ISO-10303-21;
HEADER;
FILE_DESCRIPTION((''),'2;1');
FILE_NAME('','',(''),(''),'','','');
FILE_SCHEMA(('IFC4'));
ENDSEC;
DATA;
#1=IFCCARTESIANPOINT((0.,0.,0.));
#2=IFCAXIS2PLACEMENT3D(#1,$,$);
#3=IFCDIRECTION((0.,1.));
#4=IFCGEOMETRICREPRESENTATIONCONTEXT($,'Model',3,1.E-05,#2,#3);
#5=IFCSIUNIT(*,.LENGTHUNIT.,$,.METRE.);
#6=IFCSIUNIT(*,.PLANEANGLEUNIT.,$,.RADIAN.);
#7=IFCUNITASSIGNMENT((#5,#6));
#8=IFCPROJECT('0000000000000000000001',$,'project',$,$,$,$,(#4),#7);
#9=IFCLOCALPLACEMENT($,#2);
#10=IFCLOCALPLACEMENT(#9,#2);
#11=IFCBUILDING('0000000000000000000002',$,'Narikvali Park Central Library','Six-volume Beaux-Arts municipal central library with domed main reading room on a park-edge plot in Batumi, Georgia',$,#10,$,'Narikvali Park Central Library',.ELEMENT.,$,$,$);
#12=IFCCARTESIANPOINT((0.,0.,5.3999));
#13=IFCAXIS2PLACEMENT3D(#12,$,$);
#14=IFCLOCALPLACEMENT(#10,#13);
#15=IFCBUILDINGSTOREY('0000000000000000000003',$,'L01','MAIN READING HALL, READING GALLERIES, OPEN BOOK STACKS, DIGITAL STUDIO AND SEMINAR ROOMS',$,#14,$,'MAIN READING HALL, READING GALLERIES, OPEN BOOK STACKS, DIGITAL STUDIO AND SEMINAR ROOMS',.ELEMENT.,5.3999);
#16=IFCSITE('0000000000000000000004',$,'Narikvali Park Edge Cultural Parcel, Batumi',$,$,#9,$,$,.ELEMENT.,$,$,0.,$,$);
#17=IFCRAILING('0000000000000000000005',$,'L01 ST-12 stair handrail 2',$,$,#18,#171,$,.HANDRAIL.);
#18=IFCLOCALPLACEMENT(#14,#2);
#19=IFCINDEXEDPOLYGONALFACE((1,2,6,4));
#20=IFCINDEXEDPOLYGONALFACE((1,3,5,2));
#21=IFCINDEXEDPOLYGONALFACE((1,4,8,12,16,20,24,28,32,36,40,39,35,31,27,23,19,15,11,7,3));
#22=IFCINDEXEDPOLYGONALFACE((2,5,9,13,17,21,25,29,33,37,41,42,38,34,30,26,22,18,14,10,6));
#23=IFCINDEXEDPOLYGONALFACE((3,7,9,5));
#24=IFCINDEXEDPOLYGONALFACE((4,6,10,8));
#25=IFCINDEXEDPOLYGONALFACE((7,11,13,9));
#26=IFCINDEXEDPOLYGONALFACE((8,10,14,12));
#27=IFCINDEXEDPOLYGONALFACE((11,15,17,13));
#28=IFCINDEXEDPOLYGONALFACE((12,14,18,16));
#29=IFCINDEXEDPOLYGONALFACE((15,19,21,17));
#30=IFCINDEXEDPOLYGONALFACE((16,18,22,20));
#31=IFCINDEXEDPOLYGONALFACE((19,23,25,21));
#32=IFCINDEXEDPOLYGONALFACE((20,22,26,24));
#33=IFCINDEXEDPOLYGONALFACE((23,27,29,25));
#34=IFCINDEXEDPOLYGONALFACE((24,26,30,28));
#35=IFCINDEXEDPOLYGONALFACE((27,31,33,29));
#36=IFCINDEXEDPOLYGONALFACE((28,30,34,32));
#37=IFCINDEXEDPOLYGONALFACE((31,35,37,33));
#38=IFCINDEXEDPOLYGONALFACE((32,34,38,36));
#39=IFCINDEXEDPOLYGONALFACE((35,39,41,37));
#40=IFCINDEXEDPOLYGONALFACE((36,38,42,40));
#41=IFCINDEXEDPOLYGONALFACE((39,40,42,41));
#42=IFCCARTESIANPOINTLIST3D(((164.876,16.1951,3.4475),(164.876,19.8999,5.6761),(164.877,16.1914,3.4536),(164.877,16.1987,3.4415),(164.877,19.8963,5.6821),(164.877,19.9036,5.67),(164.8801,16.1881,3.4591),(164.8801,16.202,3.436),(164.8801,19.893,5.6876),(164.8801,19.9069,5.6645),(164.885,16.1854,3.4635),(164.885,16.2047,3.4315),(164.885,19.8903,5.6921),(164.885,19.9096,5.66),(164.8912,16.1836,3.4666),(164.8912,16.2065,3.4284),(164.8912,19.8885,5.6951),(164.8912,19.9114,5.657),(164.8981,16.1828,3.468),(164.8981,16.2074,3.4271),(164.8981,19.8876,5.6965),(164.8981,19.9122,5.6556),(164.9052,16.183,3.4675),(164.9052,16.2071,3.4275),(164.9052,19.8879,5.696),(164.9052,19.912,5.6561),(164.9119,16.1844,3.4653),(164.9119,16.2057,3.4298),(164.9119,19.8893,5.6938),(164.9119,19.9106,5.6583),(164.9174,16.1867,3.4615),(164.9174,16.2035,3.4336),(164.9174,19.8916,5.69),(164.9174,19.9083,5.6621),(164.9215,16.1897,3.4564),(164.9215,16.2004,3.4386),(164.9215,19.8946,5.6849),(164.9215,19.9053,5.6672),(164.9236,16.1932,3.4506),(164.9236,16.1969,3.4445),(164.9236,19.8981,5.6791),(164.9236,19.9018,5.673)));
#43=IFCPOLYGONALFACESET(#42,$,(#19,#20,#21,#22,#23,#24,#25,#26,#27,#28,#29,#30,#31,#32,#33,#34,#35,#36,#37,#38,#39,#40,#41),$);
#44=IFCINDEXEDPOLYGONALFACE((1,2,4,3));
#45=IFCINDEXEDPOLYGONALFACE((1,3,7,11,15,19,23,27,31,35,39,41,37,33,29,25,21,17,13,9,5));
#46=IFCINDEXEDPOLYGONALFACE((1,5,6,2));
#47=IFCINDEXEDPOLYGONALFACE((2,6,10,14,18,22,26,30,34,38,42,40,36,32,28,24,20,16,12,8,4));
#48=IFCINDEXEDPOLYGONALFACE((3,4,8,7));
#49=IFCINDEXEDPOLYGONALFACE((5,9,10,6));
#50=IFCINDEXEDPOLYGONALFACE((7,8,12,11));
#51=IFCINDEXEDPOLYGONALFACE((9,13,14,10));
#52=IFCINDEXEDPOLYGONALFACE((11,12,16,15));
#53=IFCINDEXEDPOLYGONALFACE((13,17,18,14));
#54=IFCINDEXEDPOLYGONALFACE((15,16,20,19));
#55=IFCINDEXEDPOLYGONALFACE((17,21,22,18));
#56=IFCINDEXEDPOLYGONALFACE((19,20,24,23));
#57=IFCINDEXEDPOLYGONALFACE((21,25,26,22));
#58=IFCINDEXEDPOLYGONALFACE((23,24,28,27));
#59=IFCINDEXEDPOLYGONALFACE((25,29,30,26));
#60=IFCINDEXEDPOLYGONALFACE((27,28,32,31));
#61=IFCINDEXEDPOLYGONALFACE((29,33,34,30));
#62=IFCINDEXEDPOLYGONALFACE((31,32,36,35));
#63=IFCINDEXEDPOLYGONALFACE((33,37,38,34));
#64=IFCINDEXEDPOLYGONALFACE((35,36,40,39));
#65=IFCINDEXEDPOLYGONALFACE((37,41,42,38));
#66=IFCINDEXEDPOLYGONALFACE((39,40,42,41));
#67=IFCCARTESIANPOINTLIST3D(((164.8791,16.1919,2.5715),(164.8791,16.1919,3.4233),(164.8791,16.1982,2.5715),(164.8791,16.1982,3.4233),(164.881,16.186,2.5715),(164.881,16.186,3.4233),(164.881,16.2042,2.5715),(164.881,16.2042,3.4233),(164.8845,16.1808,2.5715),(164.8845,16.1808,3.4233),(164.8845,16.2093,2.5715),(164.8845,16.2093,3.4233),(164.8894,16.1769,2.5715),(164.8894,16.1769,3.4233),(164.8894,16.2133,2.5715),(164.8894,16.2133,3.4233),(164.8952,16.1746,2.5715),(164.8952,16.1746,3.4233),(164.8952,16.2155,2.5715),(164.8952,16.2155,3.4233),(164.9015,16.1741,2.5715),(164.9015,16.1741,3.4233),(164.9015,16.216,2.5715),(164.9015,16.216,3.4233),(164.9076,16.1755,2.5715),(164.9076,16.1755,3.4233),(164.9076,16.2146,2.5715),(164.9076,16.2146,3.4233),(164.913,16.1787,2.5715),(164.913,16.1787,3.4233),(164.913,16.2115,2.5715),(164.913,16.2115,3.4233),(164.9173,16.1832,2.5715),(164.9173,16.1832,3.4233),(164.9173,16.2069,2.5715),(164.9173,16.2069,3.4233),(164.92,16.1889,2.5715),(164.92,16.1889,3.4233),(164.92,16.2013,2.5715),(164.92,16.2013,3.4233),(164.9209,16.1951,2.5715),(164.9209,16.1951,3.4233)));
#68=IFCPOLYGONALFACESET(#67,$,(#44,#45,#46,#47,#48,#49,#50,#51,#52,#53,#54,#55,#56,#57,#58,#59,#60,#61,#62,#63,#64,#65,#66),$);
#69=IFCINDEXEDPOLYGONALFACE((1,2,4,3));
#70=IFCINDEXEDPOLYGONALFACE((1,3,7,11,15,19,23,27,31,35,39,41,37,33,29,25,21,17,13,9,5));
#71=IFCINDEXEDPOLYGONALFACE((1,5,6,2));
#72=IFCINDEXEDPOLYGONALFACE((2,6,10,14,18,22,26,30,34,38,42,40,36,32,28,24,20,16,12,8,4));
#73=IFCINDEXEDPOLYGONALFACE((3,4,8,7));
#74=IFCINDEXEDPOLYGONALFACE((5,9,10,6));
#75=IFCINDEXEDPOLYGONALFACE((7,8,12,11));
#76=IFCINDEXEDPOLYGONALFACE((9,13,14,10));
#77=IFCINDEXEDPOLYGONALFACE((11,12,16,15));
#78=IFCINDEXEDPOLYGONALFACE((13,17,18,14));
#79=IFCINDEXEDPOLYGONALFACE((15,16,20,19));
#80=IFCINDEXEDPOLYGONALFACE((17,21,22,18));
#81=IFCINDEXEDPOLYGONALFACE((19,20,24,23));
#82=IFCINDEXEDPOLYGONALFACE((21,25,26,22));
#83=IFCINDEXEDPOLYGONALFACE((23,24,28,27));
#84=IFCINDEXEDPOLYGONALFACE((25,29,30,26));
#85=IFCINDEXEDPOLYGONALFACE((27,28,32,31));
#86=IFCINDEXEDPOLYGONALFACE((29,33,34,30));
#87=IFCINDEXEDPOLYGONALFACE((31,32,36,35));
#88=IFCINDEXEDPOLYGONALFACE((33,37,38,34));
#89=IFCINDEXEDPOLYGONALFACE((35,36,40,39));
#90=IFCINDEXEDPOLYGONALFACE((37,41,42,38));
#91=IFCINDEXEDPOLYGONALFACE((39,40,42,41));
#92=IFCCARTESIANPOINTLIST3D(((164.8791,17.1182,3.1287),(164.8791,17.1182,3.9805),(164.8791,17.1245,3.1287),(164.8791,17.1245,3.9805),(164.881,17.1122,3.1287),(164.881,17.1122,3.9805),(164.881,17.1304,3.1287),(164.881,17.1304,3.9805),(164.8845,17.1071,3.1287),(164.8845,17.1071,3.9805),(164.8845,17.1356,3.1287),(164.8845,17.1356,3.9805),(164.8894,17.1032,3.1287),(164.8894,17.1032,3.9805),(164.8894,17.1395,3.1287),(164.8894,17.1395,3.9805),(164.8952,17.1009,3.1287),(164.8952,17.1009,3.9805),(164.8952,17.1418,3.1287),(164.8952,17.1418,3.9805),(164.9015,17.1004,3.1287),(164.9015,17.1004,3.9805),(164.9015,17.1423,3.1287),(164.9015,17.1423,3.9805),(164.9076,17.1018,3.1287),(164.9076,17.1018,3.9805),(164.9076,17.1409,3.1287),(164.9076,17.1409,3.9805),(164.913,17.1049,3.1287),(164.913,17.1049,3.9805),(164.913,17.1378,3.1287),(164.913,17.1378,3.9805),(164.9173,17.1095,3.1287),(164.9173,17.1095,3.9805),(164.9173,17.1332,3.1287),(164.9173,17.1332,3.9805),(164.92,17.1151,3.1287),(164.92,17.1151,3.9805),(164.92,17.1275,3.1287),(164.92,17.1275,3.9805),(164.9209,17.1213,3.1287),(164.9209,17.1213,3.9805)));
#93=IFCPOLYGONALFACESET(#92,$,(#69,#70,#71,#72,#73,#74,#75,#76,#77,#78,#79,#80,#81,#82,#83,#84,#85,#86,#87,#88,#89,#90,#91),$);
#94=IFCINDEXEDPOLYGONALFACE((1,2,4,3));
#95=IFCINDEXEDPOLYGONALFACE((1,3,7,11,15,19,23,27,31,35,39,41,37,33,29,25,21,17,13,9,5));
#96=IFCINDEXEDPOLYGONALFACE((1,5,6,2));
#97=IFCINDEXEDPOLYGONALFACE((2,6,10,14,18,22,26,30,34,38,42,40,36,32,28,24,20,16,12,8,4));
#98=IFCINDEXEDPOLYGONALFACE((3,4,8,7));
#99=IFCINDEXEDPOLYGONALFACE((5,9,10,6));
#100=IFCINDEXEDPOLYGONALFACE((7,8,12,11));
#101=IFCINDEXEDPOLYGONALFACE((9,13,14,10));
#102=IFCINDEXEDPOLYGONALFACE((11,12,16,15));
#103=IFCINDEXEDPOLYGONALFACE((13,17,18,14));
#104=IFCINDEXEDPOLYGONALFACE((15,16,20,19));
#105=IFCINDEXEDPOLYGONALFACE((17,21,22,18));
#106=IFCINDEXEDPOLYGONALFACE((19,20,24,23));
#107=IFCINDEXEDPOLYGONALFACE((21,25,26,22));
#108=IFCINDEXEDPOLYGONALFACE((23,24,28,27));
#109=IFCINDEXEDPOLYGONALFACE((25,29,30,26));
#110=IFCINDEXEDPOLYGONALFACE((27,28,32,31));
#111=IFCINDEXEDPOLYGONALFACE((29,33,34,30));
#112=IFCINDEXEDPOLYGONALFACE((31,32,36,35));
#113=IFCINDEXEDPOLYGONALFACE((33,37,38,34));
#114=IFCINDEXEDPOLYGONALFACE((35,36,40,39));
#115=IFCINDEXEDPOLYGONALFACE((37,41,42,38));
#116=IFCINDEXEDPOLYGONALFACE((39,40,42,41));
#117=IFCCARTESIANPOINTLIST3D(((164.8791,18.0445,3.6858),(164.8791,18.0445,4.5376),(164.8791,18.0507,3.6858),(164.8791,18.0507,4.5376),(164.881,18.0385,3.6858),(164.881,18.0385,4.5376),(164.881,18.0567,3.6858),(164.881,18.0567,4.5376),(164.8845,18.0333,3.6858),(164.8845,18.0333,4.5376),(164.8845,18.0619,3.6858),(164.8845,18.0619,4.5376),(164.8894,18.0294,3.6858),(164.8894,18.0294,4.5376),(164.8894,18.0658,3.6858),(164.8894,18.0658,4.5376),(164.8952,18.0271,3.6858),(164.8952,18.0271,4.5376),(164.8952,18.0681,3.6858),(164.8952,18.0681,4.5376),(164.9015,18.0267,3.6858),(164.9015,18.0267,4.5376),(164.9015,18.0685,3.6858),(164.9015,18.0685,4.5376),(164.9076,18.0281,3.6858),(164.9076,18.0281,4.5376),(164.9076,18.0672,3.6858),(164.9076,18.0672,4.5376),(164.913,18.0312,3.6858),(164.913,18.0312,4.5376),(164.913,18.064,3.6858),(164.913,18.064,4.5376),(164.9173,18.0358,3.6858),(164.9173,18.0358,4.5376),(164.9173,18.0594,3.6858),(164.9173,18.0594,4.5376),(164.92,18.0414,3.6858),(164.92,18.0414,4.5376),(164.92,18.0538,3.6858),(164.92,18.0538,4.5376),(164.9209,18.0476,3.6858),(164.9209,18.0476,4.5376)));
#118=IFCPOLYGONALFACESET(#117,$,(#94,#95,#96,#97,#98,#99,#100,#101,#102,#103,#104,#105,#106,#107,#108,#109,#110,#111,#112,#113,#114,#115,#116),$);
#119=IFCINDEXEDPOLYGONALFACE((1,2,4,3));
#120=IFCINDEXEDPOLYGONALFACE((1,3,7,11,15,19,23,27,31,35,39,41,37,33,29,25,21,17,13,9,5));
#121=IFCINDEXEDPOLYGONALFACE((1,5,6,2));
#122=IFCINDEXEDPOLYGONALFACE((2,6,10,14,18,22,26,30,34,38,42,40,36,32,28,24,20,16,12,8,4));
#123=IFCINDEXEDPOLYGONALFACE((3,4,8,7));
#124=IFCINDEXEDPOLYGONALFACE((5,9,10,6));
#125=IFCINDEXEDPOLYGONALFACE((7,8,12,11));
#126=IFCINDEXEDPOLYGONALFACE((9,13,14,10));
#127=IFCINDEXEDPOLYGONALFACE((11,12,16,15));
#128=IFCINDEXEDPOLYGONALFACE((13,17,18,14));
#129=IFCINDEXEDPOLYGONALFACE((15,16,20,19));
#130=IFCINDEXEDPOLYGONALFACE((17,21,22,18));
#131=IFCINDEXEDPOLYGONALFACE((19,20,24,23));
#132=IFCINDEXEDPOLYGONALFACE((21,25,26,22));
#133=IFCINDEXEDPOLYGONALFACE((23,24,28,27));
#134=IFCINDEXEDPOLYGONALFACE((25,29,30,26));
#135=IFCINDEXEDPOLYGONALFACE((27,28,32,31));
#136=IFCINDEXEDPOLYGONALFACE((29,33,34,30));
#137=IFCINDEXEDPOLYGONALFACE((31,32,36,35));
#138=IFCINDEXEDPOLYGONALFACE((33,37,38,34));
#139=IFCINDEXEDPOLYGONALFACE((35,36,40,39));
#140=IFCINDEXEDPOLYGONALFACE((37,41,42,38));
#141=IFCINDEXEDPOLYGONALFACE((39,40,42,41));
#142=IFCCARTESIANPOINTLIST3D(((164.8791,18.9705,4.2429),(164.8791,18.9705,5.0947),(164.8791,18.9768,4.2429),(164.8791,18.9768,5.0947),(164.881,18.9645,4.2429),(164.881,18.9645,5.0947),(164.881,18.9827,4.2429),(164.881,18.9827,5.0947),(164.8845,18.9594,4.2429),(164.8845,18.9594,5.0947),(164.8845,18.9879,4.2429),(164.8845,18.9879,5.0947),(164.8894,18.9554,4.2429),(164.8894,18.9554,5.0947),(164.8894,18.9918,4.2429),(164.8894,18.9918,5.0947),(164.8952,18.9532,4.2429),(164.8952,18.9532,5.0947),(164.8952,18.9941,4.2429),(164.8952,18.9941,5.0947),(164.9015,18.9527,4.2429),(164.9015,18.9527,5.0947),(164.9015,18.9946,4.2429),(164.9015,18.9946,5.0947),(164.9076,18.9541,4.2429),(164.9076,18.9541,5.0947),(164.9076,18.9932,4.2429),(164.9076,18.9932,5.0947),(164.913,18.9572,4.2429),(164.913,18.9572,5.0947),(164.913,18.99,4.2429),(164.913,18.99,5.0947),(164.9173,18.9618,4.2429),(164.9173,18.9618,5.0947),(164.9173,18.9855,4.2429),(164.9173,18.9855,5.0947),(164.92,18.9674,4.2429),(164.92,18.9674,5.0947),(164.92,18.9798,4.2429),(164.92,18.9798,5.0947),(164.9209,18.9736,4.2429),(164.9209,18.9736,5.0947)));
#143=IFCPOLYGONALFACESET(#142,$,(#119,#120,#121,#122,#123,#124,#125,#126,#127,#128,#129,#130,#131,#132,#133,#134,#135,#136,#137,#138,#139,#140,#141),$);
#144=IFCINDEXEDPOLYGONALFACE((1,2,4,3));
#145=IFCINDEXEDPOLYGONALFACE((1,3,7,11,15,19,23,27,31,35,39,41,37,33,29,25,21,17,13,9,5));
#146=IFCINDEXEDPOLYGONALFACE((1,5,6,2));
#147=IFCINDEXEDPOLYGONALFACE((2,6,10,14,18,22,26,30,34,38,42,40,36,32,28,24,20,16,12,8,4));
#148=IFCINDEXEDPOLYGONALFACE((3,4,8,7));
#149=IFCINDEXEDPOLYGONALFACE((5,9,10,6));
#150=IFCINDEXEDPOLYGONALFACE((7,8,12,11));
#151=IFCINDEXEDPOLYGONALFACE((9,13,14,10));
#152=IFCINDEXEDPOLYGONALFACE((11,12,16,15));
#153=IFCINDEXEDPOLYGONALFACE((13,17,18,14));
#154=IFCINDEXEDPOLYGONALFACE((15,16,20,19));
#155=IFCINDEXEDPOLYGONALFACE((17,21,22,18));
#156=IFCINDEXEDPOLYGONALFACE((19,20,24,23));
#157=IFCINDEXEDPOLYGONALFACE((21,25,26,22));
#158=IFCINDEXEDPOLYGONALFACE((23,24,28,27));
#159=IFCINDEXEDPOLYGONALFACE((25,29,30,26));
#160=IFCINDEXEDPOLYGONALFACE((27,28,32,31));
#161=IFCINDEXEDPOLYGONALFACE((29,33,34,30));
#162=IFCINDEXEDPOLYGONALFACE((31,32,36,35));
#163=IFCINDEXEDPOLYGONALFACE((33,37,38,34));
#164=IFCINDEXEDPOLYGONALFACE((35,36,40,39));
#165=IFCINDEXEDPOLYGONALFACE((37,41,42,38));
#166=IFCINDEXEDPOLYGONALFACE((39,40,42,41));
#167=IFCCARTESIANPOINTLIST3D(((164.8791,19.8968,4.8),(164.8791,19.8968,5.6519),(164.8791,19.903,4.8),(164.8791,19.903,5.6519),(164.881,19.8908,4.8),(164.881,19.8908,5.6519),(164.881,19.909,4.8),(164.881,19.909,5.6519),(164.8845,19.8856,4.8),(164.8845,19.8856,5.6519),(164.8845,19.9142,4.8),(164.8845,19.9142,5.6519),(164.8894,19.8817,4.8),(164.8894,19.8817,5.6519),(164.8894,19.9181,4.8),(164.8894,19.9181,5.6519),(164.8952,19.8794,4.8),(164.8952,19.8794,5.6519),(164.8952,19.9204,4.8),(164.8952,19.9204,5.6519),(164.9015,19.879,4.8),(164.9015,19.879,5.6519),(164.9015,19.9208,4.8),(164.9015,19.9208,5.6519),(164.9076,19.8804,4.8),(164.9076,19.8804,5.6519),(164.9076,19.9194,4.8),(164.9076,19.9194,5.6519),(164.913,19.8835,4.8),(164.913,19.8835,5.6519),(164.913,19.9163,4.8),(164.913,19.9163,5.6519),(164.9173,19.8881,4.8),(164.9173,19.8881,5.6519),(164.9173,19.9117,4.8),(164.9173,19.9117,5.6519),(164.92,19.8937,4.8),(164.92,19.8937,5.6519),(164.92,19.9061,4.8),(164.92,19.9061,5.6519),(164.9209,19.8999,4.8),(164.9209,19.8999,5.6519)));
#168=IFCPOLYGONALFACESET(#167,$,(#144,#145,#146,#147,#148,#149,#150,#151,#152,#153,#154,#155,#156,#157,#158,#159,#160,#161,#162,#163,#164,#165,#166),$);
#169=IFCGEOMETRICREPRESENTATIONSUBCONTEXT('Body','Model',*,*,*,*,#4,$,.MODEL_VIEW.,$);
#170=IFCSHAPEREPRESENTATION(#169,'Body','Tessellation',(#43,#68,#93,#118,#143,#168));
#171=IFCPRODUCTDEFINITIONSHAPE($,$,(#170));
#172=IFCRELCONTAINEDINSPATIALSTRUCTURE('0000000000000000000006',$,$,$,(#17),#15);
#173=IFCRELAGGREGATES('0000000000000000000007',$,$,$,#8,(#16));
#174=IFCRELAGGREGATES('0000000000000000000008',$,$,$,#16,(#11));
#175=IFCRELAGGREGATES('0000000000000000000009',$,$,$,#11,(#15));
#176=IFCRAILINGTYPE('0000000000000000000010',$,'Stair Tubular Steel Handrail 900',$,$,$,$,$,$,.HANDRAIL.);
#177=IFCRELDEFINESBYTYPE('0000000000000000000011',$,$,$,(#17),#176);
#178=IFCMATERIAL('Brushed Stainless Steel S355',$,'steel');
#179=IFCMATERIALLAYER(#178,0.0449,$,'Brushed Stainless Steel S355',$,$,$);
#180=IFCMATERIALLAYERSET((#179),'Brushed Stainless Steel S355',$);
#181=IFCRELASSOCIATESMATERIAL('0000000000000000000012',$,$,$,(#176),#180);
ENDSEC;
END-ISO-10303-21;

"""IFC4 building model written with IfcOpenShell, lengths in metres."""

from ifc_helpers import new_model, si_unit, direction, frame, origin, origin_2d, place, context, subcontext, project, spatial, circle, extrude, material, layer, layer_set, type_object, element, save


model = new_model("IFC4")

# Units and contexts
model_context = context("Model", 3, precision=1e-05, world=origin(), true_north=direction((0.0, 1.0)))
body_context = subcontext(model_context, "Body", "Model", "MODEL_VIEW")
ifc_project = project(units=[si_unit("LENGTHUNIT", "METRE"), si_unit("PLANEANGLEUNIT", "RADIAN")], contexts=[model_context])

# Site, building, storey
site_placement = place(None, origin())
site = spatial("IfcSite", under=ifc_project, at=site_placement, Name="Narikvali Park Edge Cultural Parcel, Batumi", CompositionType="ELEMENT", RefElevation=0.0)
building_placement = place(site_placement, origin())
building = spatial("IfcBuilding", under=site, at=building_placement, Name="Narikvali Park Central Library", Description="Six-volume Beaux-Arts municipal central library with domed main reading room on a park-edge plot in Batumi, Georgia", LongName="Narikvali Park Central Library", CompositionType="ELEMENT")
storey_placement = place(building_placement, frame((0.0, 0.0, 5.3999)))
storey = spatial("IfcBuildingStorey", under=building, at=storey_placement, Name="L01", Description="MAIN READING HALL, READING GALLERIES, OPEN BOOK STACKS, DIGITAL STUDIO AND SEMINAR ROOMS", LongName="MAIN READING HALL, READING GALLERIES, OPEN BOOK STACKS, DIGITAL STUDIO AND SEMINAR ROOMS", CompositionType="ELEMENT", Elevation=5.3999)

# Railing
ifc_material_1 = material(Name="Brushed Stainless Steel S355", Category="steel")
ifc_layer_1 = layer(ifc_material_1, 0.0449, Name="Brushed Stainless Steel S355")
ifc_layer_set_1 = layer_set([ifc_layer_1], Name="Brushed Stainless Steel S355")
railing_type_1 = type_object("IfcRailingType", Name="Stair Tubular Steel Handrail 900", PredefinedType="HANDRAIL", material=ifc_layer_set_1)
railing_1_placement = place(storey_placement, frame((164.8999, 16.1951, 2.5715)))
element("IfcRailing", 1, at=railing_1_placement, inside=storey, type_object=railing_type_1, Name="L01 ST-12 stair handrail 2", PredefinedType="HANDRAIL", context=body_context, shape_type="SweptSolid", body=[
    extrude(circle(Radius=0.0239, at=origin_2d()), frame((0.0, 0.0, 0.876), z_axis=(0.0, 0.856919, 0.51545), x_axis=(-1.0, 0.0, 0.0)), (0.0, 0.0, 1.0), 4.3235),
    extrude(circle(Radius=0.021, at=origin_2d()), origin(), (0.0, 0.0, 1.0), 0.8518),
    extrude(circle(Radius=0.021, at=origin_2d()), frame((0.0, 0.9263, 0.5571)), (0.0, 0.0, 1.0), 0.8518),
    extrude(circle(Radius=0.021, at=origin_2d()), frame((0.0, 1.8525, 1.1143)), (0.0, 0.0, 1.0), 0.8518),
    extrude(circle(Radius=0.021, at=origin_2d()), frame((0.0, 2.7786, 1.6714)), (0.0, 0.0, 1.0), 0.8518),
    extrude(circle(Radius=0.021, at=origin_2d()), frame((0.0, 3.7048, 2.2285)), (0.0, 0.0, 1.0), 0.8518),
])

save(model, "model.ifc")
